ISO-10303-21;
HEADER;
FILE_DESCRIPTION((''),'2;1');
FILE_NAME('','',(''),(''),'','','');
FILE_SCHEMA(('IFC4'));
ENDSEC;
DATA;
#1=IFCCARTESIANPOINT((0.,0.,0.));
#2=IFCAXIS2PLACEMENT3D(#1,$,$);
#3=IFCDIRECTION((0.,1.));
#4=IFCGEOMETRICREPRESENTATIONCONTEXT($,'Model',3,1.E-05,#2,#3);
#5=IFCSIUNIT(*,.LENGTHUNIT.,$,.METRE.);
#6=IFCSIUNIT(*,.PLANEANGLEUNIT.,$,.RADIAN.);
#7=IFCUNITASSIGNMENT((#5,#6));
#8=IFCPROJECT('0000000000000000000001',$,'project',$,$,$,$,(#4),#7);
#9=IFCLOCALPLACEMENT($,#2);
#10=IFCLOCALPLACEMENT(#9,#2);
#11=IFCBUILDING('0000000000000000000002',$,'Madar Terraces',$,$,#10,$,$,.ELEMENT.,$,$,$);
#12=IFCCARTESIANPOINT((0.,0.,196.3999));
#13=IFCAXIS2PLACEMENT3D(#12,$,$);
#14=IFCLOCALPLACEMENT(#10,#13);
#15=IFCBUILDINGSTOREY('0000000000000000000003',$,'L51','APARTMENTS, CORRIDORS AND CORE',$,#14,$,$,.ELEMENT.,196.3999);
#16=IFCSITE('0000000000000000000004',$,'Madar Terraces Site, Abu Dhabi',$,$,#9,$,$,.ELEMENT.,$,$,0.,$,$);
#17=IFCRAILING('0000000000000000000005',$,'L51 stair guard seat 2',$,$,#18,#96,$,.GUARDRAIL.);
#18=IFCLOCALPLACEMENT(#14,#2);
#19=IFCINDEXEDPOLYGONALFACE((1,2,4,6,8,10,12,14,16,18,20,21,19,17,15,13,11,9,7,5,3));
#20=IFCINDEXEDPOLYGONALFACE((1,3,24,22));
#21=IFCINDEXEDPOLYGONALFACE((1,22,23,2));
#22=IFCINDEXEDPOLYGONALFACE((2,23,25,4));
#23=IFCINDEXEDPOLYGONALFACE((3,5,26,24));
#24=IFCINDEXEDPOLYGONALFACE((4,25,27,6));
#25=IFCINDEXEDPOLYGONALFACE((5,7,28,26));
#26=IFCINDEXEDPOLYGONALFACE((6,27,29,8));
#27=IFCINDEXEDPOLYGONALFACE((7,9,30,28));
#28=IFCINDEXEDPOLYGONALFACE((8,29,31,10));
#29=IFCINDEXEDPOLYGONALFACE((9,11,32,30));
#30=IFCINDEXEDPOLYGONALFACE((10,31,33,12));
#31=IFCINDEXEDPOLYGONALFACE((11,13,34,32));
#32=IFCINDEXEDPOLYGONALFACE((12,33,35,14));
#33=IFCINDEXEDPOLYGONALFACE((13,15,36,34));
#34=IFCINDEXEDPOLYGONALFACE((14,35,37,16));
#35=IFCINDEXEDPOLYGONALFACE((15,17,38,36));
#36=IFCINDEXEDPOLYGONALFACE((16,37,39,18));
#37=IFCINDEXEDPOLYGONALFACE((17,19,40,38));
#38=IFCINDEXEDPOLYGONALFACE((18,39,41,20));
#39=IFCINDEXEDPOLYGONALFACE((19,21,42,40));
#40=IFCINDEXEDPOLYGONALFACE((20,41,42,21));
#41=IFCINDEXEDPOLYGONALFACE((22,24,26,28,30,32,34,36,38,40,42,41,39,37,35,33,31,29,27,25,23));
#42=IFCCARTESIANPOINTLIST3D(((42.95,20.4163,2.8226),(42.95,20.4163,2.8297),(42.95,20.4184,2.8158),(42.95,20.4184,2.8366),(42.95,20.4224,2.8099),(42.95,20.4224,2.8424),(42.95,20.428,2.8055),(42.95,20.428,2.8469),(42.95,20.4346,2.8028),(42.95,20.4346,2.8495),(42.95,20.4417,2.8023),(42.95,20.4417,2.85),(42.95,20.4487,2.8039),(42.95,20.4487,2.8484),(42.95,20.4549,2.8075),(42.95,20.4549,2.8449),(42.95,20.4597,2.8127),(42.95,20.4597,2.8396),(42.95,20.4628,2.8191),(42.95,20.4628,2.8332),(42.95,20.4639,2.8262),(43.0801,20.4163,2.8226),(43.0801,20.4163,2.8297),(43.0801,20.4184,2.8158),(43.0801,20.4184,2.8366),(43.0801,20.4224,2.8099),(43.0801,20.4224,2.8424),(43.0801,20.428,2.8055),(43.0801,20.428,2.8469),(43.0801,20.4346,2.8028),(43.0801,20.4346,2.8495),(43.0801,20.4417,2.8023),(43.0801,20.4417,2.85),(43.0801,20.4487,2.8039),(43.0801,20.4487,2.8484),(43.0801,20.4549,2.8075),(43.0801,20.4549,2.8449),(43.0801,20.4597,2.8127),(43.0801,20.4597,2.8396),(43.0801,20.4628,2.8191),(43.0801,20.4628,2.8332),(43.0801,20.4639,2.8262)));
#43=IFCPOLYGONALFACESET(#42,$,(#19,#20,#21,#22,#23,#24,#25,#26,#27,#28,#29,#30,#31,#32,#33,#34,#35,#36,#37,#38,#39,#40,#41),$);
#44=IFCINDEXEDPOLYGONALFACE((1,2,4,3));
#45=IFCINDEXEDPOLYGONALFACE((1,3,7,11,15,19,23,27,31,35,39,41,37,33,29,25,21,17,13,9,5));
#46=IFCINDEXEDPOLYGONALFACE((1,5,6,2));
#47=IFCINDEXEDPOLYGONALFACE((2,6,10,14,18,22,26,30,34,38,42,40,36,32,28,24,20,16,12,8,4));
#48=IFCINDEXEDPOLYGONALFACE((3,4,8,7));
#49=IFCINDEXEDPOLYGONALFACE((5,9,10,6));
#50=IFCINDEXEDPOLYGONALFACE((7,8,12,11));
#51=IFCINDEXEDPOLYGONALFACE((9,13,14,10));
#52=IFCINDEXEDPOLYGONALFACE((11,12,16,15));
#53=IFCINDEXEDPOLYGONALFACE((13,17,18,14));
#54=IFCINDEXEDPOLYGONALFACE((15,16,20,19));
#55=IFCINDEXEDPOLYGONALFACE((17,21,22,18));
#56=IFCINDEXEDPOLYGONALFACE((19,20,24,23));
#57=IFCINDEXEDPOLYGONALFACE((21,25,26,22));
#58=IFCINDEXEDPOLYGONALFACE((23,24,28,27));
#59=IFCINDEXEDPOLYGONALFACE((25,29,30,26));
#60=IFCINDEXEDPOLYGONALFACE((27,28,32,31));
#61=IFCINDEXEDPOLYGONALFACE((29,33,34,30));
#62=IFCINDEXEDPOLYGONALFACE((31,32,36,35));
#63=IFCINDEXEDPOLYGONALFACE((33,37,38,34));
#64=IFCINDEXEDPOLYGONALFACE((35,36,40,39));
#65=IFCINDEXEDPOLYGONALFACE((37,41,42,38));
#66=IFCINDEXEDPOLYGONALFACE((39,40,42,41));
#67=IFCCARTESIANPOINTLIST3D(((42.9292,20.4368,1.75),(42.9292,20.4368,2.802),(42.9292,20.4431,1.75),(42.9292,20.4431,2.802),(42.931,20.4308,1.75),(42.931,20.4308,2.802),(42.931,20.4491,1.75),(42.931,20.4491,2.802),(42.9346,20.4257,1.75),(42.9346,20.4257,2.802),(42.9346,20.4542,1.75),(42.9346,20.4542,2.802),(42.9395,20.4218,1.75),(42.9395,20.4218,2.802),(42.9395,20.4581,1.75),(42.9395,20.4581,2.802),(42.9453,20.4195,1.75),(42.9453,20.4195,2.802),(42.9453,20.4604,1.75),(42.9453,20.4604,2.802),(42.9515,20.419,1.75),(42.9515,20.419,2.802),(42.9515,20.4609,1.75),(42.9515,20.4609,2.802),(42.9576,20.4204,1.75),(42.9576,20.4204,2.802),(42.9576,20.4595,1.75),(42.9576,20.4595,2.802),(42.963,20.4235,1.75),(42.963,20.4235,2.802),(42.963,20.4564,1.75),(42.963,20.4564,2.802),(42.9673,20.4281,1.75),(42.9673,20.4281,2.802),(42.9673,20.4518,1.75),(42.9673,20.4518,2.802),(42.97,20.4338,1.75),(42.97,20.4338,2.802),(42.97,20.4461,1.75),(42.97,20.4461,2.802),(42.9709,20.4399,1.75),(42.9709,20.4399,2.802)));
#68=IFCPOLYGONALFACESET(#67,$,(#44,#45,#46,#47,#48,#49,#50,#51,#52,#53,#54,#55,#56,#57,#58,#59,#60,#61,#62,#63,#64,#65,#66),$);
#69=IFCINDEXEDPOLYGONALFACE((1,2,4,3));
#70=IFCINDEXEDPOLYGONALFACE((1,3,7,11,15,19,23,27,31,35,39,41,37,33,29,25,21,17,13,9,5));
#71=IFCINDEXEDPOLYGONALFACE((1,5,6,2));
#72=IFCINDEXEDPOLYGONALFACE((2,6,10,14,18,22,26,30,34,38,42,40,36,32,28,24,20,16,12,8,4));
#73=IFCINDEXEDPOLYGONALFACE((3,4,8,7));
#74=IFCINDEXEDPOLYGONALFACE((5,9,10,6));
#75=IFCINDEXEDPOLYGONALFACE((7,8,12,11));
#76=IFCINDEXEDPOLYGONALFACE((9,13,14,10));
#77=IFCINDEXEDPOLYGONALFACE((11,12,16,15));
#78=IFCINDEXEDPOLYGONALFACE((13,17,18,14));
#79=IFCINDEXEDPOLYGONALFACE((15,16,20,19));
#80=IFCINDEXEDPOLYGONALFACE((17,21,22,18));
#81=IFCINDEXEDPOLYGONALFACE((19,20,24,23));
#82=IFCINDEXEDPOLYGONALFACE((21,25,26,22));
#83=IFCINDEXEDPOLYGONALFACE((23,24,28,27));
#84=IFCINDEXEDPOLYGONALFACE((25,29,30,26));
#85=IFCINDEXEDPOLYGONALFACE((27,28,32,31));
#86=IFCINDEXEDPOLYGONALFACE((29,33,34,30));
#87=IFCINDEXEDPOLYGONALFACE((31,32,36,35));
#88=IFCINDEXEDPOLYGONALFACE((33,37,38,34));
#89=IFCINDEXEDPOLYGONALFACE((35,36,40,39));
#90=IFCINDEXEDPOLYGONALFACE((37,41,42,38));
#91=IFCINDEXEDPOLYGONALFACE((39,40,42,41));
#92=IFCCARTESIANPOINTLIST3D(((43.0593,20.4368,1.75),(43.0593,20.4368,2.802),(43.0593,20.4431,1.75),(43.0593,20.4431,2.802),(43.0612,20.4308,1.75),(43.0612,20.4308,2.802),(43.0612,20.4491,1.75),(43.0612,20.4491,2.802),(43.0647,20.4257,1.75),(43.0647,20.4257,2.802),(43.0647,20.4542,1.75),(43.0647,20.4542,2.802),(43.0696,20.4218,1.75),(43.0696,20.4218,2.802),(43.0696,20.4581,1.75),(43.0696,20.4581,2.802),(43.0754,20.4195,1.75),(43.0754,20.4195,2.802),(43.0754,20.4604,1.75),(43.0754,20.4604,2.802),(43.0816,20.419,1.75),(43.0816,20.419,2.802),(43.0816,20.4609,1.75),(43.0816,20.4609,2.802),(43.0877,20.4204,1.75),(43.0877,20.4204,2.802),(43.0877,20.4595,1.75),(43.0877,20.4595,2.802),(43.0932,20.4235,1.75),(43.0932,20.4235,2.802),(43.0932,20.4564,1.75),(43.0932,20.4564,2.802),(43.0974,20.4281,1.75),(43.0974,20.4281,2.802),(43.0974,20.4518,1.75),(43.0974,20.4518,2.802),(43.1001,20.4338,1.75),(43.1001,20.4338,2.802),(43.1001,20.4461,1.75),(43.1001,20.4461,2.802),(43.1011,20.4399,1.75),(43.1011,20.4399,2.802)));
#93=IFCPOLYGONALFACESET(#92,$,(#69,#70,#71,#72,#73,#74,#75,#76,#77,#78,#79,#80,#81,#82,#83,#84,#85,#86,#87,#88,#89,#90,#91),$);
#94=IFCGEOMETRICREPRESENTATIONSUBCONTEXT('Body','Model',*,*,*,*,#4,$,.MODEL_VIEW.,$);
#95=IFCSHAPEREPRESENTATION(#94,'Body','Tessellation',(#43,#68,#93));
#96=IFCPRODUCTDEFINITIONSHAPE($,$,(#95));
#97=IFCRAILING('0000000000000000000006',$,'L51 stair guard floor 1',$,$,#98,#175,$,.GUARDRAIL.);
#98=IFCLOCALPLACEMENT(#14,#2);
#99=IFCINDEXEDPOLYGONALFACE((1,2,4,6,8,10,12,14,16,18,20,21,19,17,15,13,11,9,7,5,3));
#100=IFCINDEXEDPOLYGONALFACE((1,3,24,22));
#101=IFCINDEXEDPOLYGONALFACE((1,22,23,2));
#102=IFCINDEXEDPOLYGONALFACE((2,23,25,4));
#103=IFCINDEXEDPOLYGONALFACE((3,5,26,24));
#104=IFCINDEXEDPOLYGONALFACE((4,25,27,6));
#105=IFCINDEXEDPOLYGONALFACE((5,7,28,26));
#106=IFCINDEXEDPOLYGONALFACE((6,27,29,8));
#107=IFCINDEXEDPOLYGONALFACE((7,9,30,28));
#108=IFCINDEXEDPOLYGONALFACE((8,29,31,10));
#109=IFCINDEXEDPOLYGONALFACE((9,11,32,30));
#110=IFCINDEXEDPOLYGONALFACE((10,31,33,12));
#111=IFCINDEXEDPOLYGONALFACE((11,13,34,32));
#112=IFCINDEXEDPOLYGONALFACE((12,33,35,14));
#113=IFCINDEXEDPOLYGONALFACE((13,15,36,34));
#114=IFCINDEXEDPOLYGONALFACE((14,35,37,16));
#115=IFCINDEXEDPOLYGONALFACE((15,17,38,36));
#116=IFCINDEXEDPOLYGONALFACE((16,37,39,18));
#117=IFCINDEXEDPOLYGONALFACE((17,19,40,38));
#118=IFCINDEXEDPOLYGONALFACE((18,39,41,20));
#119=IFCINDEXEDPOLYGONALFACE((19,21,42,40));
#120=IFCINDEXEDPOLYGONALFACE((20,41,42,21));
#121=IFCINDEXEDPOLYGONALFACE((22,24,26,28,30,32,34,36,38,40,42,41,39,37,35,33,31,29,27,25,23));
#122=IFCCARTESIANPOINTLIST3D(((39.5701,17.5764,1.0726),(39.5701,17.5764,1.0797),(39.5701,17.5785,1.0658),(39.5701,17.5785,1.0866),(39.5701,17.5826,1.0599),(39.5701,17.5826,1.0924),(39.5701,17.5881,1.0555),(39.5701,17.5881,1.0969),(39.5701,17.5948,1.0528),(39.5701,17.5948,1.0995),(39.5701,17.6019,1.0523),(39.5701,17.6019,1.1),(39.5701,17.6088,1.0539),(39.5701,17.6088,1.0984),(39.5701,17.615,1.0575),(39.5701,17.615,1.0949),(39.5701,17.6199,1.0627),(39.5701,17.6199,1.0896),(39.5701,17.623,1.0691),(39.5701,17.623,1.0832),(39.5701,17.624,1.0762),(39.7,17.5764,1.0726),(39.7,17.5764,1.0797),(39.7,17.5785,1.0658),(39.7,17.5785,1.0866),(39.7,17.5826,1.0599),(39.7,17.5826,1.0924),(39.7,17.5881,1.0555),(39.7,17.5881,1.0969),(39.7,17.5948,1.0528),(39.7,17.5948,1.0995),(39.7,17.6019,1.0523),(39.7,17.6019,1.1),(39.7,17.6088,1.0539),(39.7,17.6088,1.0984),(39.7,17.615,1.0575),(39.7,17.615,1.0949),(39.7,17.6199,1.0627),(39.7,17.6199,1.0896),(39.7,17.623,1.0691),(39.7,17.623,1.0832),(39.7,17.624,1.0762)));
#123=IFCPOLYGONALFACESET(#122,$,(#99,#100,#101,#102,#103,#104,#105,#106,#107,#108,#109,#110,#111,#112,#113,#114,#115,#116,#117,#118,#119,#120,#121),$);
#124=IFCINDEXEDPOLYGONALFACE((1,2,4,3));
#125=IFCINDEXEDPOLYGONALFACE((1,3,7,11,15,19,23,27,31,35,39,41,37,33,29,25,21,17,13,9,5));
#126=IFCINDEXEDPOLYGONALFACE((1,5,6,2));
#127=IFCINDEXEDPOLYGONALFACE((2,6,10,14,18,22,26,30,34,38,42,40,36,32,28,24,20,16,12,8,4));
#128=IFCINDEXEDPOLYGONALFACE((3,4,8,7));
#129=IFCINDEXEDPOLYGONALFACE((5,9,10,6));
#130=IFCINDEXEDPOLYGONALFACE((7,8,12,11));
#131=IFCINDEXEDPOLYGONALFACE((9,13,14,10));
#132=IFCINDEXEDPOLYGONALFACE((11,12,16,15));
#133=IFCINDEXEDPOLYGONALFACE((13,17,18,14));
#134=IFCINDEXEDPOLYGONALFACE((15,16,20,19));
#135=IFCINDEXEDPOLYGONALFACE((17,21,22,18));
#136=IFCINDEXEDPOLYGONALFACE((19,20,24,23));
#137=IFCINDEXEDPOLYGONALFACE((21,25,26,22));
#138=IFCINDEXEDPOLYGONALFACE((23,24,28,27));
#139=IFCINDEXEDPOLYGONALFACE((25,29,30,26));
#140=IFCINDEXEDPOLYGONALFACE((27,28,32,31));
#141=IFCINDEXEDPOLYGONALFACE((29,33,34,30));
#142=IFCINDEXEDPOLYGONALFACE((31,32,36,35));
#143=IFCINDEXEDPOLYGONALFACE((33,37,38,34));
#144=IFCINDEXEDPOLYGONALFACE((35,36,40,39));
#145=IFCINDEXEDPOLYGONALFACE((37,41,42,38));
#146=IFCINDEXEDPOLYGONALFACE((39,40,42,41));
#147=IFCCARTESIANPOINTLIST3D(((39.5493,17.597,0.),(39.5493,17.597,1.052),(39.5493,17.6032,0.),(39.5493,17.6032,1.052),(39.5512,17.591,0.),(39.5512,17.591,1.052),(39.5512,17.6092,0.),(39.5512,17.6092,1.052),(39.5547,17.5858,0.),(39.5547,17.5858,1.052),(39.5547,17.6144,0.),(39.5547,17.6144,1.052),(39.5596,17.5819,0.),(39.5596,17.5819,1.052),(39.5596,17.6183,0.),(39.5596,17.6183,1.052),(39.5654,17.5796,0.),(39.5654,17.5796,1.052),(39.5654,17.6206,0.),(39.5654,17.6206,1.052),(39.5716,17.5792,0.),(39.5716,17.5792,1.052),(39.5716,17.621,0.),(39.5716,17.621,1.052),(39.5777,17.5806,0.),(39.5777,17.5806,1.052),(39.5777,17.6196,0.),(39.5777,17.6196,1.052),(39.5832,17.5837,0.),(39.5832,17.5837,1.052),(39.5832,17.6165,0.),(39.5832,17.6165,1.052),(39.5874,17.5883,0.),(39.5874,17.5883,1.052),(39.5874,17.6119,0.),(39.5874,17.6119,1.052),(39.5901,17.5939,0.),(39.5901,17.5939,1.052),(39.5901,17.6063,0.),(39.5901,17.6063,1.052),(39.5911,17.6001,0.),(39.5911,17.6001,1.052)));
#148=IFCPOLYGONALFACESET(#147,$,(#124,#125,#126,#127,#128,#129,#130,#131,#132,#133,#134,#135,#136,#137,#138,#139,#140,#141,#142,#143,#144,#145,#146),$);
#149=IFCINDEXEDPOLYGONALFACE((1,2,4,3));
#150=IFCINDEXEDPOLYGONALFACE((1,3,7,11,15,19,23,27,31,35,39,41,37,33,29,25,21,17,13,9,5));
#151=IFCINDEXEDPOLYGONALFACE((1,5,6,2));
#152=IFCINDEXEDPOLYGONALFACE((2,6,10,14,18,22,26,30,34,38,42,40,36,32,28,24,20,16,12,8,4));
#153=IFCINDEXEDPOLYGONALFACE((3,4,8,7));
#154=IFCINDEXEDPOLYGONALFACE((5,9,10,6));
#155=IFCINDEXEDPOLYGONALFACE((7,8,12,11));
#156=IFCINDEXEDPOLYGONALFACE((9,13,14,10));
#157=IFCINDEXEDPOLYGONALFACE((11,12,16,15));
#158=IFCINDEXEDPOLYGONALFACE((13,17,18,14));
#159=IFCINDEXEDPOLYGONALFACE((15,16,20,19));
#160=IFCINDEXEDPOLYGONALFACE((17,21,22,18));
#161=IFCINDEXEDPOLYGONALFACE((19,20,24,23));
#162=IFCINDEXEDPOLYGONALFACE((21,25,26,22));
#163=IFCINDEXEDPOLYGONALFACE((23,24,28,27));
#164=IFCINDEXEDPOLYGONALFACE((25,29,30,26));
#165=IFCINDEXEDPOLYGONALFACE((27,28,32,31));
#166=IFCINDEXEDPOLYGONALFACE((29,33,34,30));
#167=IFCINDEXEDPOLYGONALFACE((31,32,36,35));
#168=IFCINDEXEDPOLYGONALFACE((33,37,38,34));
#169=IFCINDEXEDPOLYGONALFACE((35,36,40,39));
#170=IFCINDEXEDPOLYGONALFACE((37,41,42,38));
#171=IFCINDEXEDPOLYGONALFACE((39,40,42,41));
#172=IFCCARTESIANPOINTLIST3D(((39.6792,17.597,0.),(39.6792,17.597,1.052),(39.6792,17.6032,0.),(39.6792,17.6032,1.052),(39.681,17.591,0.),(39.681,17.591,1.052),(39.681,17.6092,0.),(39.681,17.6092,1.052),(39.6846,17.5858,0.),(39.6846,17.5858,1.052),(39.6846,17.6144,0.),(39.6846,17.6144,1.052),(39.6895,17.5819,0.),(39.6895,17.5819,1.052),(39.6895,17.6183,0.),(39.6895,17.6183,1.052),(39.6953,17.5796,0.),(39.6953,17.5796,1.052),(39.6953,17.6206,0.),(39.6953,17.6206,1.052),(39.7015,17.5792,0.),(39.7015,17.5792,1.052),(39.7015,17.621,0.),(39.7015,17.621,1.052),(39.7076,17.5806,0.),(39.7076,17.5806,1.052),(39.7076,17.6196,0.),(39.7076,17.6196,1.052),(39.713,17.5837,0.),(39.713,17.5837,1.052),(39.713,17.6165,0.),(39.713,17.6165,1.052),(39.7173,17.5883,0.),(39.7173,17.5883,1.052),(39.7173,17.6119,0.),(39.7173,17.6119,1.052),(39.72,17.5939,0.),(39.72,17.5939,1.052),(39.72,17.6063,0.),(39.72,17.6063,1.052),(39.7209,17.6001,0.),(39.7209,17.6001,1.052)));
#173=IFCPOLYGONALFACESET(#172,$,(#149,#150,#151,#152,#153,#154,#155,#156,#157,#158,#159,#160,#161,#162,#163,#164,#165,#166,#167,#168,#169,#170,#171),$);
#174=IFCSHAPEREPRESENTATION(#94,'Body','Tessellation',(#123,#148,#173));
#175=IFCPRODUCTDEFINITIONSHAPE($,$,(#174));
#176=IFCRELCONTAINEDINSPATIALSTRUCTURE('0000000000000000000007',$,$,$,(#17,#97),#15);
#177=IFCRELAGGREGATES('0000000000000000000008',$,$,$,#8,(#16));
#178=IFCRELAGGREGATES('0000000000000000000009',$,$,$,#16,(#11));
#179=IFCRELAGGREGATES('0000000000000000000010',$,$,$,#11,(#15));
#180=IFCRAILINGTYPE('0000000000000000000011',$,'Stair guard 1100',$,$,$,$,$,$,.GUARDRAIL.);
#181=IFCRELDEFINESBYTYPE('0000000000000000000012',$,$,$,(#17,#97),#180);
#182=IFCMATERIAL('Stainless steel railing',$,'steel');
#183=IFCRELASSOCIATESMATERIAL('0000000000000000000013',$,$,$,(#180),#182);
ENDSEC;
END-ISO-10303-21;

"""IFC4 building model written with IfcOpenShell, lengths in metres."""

from ifc_helpers import new_model, si_unit, direction, frame, origin, origin_2d, place, context, subcontext, project, spatial, circle, extrude, material, type_object, element, save


model = new_model("IFC4")

# Units and contexts
model_context = context("Model", 3, precision=1e-05, world=origin(), true_north=direction((0.0, 1.0)))
body_context = subcontext(model_context, "Body", "Model", "MODEL_VIEW")
ifc_project = project(units=[si_unit("LENGTHUNIT", "METRE"), si_unit("PLANEANGLEUNIT", "RADIAN")], contexts=[model_context])

# Site, building, storey
site_placement = place(None, origin())
site = spatial("IfcSite", under=ifc_project, at=site_placement, Name="Madar Terraces Site, Abu Dhabi", CompositionType="ELEMENT", RefElevation=0.0)
building_placement = place(site_placement, origin())
building = spatial("IfcBuilding", under=site, at=building_placement, Name="Madar Terraces", CompositionType="ELEMENT")
storey_placement = place(building_placement, frame((0.0, 0.0, 196.3999)))
storey = spatial("IfcBuildingStorey", under=building, at=storey_placement, Name="L51", Description="APARTMENTS, CORRIDORS AND CORE", CompositionType="ELEMENT", Elevation=196.3999)

# Railings
ifc_material_1 = material(Name="Stainless steel railing", Category="steel")
railing_type_1 = type_object("IfcRailingType", Name="Stair guard 1100", PredefinedType="GUARDRAIL", material=ifc_material_1)
railing_1_placement = place(storey_placement, frame((42.95, 20.4399, 1.75)))
element("IfcRailing", 1, at=railing_1_placement, inside=storey, type_object=railing_type_1, Name="L51 stair guard seat 2", PredefinedType="GUARDRAIL", context=body_context, shape_type="SweptSolid", body=[
    extrude(circle(Radius=0.0239, at=origin_2d()), frame((0.0, 0.0, 1.0762), z_axis=(1.0, 0.0, 0.0), x_axis=(0.0, 1.0, 0.0)), (0.0, 0.0, 1.0), 0.1301),
    extrude(circle(Radius=0.021, at=origin_2d()), origin(), (0.0, 0.0, 1.0), 1.052),
    extrude(circle(Radius=0.021, at=origin_2d()), frame((0.1301, 0.0, 0.0)), (0.0, 0.0, 1.0), 1.052),
])
railing_2_placement = place(storey_placement, frame((39.5701, 17.6001, 0.0)))
element("IfcRailing", 2, at=railing_2_placement, inside=storey, type_object=railing_type_1, Name="L51 stair guard floor 1", PredefinedType="GUARDRAIL", context=body_context, shape_type="SweptSolid", body=[
    extrude(circle(Radius=0.0239, at=origin_2d()), frame((0.0, 0.0, 1.0762), z_axis=(1.0, 0.0, 0.0), x_axis=(0.0, 1.0, 0.0)), (0.0, 0.0, 1.0), 0.1299),
    extrude(circle(Radius=0.021, at=origin_2d()), origin(), (0.0, 0.0, 1.0), 1.052),
    extrude(circle(Radius=0.021, at=origin_2d()), frame((0.1299, 0.0, 0.0)), (0.0, 0.0, 1.0), 1.052),
])

save(model, "model.ifc")
